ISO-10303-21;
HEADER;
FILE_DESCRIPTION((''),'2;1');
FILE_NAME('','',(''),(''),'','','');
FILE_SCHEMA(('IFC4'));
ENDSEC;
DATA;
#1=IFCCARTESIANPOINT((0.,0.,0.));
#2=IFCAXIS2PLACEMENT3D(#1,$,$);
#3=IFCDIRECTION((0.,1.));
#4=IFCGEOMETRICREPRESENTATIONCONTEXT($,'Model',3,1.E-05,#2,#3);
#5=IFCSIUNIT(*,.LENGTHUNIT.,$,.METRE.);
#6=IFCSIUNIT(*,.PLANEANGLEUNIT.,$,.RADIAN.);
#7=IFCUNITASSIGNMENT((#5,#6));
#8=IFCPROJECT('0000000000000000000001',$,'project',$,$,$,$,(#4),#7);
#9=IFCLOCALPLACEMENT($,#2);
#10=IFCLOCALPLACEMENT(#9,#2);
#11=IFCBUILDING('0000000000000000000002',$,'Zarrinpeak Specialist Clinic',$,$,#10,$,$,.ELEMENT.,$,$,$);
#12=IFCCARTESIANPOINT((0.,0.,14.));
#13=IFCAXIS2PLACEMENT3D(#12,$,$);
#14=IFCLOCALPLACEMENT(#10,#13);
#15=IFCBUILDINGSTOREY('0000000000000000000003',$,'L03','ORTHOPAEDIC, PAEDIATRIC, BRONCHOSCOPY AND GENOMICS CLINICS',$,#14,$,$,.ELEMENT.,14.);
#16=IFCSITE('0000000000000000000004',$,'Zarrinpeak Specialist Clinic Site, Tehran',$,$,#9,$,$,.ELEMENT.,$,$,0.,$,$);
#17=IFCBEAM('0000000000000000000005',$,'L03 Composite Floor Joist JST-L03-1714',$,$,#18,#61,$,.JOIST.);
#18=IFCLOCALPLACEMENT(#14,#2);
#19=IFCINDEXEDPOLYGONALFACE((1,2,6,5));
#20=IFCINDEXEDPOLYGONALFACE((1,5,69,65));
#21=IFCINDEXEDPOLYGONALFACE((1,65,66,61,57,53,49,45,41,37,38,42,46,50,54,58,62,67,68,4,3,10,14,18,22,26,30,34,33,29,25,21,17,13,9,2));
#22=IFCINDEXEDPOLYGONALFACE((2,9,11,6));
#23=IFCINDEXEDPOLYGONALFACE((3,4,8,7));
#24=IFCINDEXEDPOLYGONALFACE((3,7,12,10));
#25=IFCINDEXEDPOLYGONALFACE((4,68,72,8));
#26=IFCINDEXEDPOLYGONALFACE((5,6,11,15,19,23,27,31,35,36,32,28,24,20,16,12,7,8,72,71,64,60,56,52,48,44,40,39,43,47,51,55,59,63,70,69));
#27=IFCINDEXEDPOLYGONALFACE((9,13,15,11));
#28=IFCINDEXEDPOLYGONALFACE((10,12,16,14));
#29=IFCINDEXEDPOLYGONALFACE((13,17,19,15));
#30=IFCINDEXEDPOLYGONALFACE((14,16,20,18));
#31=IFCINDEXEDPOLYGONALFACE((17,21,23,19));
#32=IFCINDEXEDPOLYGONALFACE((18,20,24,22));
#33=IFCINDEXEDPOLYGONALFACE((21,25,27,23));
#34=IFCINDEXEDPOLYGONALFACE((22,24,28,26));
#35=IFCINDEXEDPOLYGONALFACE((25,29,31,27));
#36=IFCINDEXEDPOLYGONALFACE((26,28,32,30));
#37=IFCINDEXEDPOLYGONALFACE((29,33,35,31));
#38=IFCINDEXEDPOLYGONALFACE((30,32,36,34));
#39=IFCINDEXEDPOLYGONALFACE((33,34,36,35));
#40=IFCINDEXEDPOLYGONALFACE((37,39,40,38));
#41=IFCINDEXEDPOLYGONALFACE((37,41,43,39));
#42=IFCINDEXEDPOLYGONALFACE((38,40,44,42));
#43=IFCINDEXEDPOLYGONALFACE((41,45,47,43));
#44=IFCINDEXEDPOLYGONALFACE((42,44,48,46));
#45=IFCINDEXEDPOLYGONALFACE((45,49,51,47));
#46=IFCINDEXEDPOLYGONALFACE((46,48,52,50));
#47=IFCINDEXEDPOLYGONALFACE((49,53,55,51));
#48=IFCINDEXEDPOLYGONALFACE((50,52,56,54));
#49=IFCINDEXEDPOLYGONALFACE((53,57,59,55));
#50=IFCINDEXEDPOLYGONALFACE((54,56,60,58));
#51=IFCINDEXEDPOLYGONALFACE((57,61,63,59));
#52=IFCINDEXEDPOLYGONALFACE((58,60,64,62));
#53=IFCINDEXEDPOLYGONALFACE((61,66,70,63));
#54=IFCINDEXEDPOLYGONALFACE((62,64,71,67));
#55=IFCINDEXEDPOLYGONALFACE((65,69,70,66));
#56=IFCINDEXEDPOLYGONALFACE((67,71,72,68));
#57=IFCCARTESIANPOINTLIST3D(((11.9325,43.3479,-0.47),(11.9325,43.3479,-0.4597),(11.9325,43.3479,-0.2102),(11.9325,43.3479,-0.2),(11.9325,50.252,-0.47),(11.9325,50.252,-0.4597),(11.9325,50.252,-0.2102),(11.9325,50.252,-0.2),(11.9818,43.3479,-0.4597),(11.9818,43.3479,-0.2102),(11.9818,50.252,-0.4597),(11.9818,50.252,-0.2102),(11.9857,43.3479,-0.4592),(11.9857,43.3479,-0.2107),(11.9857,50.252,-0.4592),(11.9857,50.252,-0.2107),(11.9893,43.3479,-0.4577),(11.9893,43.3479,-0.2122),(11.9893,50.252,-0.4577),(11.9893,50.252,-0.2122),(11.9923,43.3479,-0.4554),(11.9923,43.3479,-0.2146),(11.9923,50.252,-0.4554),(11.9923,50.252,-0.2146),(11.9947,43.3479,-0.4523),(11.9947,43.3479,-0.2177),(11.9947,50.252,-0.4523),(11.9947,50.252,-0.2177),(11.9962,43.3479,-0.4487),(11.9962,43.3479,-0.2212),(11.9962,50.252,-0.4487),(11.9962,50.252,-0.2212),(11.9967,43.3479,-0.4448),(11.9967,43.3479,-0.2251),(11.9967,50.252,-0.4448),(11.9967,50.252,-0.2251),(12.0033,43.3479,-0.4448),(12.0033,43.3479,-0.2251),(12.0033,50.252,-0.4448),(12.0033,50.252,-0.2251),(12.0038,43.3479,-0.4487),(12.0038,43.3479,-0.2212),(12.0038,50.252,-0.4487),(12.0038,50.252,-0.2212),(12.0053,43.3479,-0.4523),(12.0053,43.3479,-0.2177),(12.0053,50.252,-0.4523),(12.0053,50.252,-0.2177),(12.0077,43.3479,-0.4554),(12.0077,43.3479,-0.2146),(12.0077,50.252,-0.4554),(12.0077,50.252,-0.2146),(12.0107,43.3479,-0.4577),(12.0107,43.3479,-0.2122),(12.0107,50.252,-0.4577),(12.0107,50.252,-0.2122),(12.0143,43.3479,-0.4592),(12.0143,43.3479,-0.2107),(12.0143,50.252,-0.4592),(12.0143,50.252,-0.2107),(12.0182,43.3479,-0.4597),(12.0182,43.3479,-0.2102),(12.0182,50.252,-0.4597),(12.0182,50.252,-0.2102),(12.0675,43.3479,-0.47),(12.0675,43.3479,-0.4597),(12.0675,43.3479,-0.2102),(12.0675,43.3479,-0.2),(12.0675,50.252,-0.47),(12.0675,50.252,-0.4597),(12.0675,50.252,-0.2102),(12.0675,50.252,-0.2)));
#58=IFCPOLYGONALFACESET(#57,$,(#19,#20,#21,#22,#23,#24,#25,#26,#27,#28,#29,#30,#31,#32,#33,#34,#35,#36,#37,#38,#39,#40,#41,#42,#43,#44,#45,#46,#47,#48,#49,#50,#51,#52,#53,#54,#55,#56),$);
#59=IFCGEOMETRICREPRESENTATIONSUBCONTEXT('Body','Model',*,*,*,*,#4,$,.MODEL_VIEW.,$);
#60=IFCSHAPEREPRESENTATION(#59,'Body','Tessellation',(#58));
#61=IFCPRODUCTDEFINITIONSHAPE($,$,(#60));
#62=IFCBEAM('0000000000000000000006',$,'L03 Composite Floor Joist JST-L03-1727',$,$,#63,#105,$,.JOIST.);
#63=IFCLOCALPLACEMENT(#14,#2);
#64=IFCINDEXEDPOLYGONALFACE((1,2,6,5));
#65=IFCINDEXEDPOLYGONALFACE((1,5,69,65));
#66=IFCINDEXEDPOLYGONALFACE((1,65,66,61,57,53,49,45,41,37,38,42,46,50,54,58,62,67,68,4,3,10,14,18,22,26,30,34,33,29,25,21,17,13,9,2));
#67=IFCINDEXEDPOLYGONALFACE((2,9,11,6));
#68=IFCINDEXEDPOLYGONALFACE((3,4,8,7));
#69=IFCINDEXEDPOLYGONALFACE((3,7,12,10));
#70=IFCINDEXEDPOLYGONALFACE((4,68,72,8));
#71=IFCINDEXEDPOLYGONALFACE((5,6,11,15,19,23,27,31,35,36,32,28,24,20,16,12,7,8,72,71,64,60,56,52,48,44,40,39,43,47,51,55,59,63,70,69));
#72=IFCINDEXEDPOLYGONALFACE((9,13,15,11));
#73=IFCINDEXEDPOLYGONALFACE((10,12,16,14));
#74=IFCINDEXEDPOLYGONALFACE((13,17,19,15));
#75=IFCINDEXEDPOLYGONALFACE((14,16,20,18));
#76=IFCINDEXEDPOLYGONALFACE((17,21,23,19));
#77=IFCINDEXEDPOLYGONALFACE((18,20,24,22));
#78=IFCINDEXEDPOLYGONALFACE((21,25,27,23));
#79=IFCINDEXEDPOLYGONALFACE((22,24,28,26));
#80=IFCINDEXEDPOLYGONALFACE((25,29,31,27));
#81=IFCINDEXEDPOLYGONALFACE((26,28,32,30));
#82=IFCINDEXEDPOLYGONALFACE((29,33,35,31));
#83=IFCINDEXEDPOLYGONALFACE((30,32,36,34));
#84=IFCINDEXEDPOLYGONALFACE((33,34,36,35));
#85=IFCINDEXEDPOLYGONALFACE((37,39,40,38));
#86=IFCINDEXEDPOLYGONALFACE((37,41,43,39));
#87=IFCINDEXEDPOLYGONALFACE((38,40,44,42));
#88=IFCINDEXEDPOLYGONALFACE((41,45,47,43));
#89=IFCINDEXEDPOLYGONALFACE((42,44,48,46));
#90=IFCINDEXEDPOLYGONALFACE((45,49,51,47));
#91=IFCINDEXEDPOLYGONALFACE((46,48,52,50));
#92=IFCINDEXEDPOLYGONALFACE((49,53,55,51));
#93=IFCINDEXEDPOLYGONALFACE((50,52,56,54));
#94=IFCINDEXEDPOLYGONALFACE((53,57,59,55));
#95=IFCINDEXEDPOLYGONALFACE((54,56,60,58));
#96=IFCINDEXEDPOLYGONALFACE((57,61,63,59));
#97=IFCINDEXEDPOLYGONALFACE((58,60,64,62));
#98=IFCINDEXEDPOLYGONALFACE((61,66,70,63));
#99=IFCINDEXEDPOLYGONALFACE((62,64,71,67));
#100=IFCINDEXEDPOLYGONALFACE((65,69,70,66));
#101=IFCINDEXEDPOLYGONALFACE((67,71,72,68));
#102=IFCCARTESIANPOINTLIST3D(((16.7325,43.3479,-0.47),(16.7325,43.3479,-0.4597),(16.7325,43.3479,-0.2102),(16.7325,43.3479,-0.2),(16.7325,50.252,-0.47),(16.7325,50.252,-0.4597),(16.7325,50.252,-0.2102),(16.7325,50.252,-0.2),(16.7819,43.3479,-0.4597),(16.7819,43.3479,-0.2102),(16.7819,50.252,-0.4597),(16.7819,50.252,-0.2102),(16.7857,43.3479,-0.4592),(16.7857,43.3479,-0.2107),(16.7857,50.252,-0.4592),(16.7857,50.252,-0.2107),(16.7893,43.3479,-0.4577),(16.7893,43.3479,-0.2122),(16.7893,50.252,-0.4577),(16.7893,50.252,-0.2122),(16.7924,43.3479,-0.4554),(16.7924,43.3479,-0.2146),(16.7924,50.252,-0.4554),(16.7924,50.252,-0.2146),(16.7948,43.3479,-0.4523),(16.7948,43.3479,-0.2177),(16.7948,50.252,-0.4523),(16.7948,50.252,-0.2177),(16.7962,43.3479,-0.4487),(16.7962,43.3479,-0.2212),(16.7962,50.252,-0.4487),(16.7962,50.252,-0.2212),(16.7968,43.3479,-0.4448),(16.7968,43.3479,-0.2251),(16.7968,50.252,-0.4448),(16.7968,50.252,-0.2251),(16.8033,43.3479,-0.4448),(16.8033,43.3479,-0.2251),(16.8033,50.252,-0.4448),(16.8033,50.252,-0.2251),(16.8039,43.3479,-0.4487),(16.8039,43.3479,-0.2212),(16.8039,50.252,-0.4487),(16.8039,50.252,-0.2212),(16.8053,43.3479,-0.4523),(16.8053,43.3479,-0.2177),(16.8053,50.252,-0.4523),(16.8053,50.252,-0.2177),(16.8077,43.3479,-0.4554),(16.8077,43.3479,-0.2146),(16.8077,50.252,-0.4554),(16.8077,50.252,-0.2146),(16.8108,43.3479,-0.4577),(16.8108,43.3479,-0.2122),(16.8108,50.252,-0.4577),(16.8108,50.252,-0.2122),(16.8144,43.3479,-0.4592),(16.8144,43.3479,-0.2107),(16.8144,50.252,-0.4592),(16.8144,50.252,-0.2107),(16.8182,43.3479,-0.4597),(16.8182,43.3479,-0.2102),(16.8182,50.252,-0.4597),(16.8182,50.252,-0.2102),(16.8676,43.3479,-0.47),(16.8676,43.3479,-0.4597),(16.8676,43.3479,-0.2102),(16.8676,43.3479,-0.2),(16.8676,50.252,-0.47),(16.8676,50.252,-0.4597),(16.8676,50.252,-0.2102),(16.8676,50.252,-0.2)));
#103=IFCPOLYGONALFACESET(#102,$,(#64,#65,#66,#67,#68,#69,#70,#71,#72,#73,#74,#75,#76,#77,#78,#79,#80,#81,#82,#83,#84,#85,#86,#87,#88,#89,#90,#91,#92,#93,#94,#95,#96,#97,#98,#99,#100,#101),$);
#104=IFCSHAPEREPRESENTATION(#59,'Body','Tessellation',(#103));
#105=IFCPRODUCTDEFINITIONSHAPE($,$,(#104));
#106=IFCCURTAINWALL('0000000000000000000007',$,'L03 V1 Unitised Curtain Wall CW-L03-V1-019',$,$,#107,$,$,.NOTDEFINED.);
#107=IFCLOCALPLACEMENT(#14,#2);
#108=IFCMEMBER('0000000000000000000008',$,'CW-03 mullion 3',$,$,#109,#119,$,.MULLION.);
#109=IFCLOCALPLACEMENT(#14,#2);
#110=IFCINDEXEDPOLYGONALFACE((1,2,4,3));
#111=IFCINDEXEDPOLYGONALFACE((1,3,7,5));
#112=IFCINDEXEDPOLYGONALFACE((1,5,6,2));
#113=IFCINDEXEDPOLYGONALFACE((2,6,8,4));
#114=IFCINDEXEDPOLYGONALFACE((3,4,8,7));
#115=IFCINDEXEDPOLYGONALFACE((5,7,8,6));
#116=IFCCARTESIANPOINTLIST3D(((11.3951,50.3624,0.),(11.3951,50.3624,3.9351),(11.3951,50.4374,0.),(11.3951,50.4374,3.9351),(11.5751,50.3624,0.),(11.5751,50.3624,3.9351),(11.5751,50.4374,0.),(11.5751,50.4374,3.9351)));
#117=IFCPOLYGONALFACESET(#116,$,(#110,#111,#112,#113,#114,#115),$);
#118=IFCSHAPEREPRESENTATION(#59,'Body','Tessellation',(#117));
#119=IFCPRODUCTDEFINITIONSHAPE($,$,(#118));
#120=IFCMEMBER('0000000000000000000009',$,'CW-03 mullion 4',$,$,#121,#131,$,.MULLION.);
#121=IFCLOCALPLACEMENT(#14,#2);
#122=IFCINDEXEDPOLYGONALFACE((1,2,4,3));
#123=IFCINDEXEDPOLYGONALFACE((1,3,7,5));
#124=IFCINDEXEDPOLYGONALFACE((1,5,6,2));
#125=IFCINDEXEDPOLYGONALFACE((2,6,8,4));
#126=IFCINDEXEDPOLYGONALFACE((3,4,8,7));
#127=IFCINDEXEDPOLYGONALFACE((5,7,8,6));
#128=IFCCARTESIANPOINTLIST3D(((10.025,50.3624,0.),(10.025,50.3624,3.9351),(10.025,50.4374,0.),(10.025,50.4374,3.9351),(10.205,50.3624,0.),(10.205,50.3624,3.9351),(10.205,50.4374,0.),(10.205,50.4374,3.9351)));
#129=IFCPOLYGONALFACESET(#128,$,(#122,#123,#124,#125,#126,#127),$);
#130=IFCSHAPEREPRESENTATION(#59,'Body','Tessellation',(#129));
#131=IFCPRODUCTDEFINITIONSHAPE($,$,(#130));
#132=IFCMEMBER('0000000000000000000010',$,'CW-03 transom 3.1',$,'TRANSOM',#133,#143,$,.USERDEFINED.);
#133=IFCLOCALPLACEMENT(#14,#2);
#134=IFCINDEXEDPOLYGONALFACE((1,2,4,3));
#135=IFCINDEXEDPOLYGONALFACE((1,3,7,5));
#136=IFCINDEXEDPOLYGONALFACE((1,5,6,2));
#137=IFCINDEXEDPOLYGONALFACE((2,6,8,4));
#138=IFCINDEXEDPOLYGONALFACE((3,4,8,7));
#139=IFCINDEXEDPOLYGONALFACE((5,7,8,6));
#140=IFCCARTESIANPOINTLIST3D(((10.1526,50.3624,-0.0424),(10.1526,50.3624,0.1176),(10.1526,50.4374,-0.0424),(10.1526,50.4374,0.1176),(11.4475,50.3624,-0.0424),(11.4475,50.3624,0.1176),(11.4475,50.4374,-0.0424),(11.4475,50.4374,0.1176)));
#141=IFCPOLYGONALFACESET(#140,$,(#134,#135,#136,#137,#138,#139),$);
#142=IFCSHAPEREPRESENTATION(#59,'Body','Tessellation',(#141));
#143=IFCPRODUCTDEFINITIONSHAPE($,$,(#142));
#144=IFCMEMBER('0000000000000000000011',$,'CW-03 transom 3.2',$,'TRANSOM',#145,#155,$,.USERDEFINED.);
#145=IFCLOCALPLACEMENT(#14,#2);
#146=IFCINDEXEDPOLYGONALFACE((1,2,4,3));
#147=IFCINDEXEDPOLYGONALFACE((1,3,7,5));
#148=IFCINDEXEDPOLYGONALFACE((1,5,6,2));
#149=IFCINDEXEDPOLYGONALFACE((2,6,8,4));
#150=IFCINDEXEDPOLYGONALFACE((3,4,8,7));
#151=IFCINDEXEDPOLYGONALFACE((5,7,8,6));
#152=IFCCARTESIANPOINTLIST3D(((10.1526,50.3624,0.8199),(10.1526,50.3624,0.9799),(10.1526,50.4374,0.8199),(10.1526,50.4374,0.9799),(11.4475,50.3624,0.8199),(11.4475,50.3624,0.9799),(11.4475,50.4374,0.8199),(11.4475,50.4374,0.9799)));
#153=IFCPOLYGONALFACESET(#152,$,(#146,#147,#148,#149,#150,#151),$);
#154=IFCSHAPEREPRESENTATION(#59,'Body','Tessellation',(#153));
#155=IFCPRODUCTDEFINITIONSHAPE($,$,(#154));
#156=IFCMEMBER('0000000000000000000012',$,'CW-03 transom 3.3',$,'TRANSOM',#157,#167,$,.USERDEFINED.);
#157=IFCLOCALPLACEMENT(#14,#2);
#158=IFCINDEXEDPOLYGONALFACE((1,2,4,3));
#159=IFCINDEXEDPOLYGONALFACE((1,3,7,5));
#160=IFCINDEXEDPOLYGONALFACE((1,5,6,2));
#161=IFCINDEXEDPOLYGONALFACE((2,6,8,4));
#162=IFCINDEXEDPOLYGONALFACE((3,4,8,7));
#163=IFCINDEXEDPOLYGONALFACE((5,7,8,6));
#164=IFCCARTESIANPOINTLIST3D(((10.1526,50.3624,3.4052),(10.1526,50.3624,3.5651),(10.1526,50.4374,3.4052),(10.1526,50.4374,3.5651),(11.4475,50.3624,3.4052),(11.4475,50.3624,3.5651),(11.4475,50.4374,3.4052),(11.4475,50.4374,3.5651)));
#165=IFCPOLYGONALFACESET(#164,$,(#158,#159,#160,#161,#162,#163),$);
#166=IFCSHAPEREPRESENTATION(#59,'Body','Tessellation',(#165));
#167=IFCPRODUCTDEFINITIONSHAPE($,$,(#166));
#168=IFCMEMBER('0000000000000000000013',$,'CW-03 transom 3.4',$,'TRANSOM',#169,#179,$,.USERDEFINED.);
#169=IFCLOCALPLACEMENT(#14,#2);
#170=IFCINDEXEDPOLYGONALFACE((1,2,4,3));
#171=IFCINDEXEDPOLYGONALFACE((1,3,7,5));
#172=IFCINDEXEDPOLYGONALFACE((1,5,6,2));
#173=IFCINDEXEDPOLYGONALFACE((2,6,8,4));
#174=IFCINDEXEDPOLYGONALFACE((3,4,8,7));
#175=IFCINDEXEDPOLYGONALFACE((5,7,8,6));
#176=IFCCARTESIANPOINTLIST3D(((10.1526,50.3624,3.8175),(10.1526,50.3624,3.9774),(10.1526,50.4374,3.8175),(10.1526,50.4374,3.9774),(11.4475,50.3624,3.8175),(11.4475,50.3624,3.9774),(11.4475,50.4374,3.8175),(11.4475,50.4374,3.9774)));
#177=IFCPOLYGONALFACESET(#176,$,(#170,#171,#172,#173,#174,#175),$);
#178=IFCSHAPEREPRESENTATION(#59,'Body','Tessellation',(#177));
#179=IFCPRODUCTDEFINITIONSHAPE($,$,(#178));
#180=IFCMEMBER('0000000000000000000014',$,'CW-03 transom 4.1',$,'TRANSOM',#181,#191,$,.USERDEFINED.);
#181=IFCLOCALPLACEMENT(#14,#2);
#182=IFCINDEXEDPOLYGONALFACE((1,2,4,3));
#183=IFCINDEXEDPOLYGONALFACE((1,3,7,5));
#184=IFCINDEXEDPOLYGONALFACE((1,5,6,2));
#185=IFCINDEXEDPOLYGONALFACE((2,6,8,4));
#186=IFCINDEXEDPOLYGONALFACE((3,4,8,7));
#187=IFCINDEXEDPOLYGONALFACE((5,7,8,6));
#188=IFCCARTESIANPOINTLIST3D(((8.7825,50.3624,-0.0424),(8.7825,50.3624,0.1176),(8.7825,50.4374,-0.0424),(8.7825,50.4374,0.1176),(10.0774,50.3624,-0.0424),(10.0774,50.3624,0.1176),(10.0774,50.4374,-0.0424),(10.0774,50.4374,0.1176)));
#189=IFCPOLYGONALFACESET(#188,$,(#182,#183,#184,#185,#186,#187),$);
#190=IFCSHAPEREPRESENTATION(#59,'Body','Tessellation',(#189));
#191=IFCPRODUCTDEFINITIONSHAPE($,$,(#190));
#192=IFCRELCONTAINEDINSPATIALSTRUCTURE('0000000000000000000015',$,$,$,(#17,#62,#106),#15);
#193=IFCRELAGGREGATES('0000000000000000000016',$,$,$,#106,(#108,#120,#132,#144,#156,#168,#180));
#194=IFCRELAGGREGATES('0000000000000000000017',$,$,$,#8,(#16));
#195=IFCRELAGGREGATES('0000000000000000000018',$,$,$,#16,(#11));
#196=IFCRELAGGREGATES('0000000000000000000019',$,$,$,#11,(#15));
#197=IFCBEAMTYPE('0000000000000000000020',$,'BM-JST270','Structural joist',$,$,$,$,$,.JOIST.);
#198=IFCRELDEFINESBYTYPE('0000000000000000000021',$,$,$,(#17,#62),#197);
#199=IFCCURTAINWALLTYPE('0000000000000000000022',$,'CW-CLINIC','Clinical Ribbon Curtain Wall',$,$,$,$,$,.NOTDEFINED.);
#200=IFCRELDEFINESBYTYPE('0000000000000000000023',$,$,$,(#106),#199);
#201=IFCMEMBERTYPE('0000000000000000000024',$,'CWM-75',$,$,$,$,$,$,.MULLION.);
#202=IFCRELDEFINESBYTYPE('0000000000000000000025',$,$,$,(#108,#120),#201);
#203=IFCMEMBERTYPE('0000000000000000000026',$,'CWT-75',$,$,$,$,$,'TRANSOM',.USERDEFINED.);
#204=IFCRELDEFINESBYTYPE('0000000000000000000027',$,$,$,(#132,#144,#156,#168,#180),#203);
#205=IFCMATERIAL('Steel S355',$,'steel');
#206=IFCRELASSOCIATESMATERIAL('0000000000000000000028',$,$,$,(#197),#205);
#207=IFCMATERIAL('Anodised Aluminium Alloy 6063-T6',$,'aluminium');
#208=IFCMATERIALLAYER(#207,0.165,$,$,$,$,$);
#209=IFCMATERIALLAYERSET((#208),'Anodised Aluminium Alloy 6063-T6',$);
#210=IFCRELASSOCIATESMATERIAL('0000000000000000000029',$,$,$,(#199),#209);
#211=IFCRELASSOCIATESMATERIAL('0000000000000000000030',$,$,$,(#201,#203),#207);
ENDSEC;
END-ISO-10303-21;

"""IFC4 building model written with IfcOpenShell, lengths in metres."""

from ifc_helpers import new_model, si_unit, direction, frame, origin, origin_2d, place, context, subcontext, project, spatial, rectangle, i_section, extrude, material, layer, layer_set, material_profile, profile_set, type_object, element, aggregate, save


model = new_model("IFC4")

# Units and contexts
model_context = context("Model", 3, precision=1e-05, world=origin(), true_north=direction((0.0, 1.0)))
body_context = subcontext(model_context, "Body", "Model", "MODEL_VIEW")
ifc_project = project(units=[si_unit("LENGTHUNIT", "METRE"), si_unit("PLANEANGLEUNIT", "RADIAN")], contexts=[model_context])

# Site, building, storey
site_placement = place(None, origin())
site = spatial("IfcSite", under=ifc_project, at=site_placement, Name="Zarrinpeak Specialist Clinic Site, Tehran", CompositionType="ELEMENT", RefElevation=0.0)
building_placement = place(site_placement, origin())
building = spatial("IfcBuilding", under=site, at=building_placement, Name="Zarrinpeak Specialist Clinic", CompositionType="ELEMENT")
storey_placement = place(building_placement, frame((0.0, 0.0, 14.0)))
storey = spatial("IfcBuildingStorey", under=building, at=storey_placement, Name="L03", Description="ORTHOPAEDIC, PAEDIATRIC, BRONCHOSCOPY AND GENOMICS CLINICS", CompositionType="ELEMENT", Elevation=14.0)

# Shared definitions
ifc_material_1 = material(Name="Steel S355", Category="steel")

# Beams
ifc_material_profile_1 = material_profile(ifc_material_1, i_section(OverallWidth=0.135, OverallDepth=0.27, WebThickness=0.0066, FlangeThickness=0.0103, FilletRadius=0.0149, at=origin_2d()), Name="IPE 270")
ifc_profile_set_1 = profile_set([ifc_material_profile_1], Name="Steel S355")
beam_type_1 = type_object("IfcBeamType", Name="BM-JST270", Description="Structural joist", PredefinedType="JOIST", material=ifc_profile_set_1)
for number, where, z_axis, x_axis, name in (
    (1, (12.0, 43.3479, -0.335), (0.0, 1.0, 0.0), (-1.0, 0.0, 0.0), "L03 Composite Floor Joist JST-L03-1714"),
    (2, (16.8, 43.3479, -0.335), (0.0, 1.0, 0.0), (-1.0, 0.0, 0.0), "L03 Composite Floor Joist JST-L03-1727"),
):
    element("IfcBeam", number, at=place(storey_placement, frame(where, z_axis=z_axis, x_axis=x_axis)), inside=storey, type_object=beam_type_1, Name=name, PredefinedType="JOIST", context=body_context, shape_type="SweptSolid", body=[
        extrude(i_section(OverallWidth=0.135, OverallDepth=0.27, WebThickness=0.0066, FlangeThickness=0.0103, FilletRadius=0.0149, at=origin_2d()), origin(), (0.0, 0.0, 1.0), 6.9041),
    ])

# Curtain wall, members
ifc_material_2 = material(Name="Anodised Aluminium Alloy 6063-T6", Category="aluminium")
ifc_layer_1 = layer(ifc_material_2, 0.165)
ifc_layer_set_1 = layer_set([ifc_layer_1], Name="Anodised Aluminium Alloy 6063-T6")
curtain_wall_type = type_object("IfcCurtainWallType", Name="CW-CLINIC", Description="Clinical Ribbon Curtain Wall", PredefinedType="NOTDEFINED", material=ifc_layer_set_1)
curtain_wall_placement = place(storey_placement, origin())
curtain_wall = element("IfcCurtainWall", 3, at=curtain_wall_placement, inside=storey, type_object=curtain_wall_type, Name="L03 V1 Unitised Curtain Wall CW-L03-V1-019", PredefinedType="NOTDEFINED")
ifc_material_profile_2 = material_profile(ifc_material_2, rectangle(XDim=0.075, YDim=0.1799, at=origin_2d()), Name="ALU 75x180")
ifc_profile_set_2 = profile_set([ifc_material_profile_2], Name="Anodised Aluminium Alloy 6063-T6")
member_type_1 = type_object("IfcMemberType", Name="CWM-75", PredefinedType="MULLION", material=ifc_profile_set_2)
member_1_placement = place(storey_placement, frame((11.4851, 50.3999, 0.0), z_axis=(0.0, 0.0, 1.0), x_axis=(0.0, -1.0, 0.0)))
member_1 = element("IfcMember", 4, at=member_1_placement, type_object=member_type_1, Name="CW-03 mullion 3", PredefinedType="MULLION", context=body_context, shape_type="SweptSolid", body=[
    extrude(rectangle(XDim=0.075, YDim=0.1799, at=origin_2d()), origin(), (0.0, 0.0, 1.0), 3.9351),
])
member_2_placement = place(storey_placement, frame((10.115, 50.3999, 0.0), z_axis=(0.0, 0.0, 1.0), x_axis=(0.0, -1.0, 0.0)))
member_2 = element("IfcMember", 5, at=member_2_placement, type_object=member_type_1, Name="CW-03 mullion 4", PredefinedType="MULLION", context=body_context, shape_type="SweptSolid", body=[
    extrude(rectangle(XDim=0.075, YDim=0.1799, at=origin_2d()), origin(), (0.0, 0.0, 1.0), 3.9351),
])
ifc_material_profile_3 = material_profile(ifc_material_2, rectangle(XDim=0.075, YDim=0.1599, at=origin_2d()), Name="ALU 75x160")
ifc_profile_set_3 = profile_set([ifc_material_profile_3], Name="Anodised Aluminium Alloy 6063-T6")
member_type_2 = type_object("IfcMemberType", Name="CWT-75", ElementType="TRANSOM", PredefinedType="USERDEFINED", material=ifc_profile_set_3)
member_3_placement = place(storey_placement, frame((11.4475, 50.3999, 0.0376), z_axis=(-1.0, 0.0, 0.0), x_axis=(0.0, -1.0, 0.0)))
member_3 = element("IfcMember", 6, at=member_3_placement, type_object=member_type_2, Name="CW-03 transom 3.1", ObjectType="TRANSOM", PredefinedType="USERDEFINED", context=body_context, shape_type="SweptSolid", body=[
    extrude(rectangle(XDim=0.075, YDim=0.1599, at=origin_2d()), origin(), (0.0, 0.0, 1.0), 1.2949),
])
member_4_placement = place(storey_placement, frame((11.4475, 50.3999, 0.8999), z_axis=(-1.0, 0.0, 0.0), x_axis=(0.0, -1.0, 0.0)))
member_4 = element("IfcMember", 7, at=member_4_placement, type_object=member_type_2, Name="CW-03 transom 3.2", ObjectType="TRANSOM", PredefinedType="USERDEFINED", context=body_context, shape_type="SweptSolid", body=[
    extrude(rectangle(XDim=0.075, YDim=0.1599, at=origin_2d()), origin(), (0.0, 0.0, 1.0), 1.2949),
])
member_5_placement = place(storey_placement, frame((11.4475, 50.3999, 3.4851), z_axis=(-1.0, 0.0, 0.0), x_axis=(0.0, -1.0, 0.0)))
member_5 = element("IfcMember", 8, at=member_5_placement, type_object=member_type_2, Name="CW-03 transom 3.3", ObjectType="TRANSOM", PredefinedType="USERDEFINED", context=body_context, shape_type="SweptSolid", body=[
    extrude(rectangle(XDim=0.075, YDim=0.1599, at=origin_2d()), origin(), (0.0, 0.0, 1.0), 1.2949),
])
member_6_placement = place(storey_placement, frame((11.4475, 50.3999, 3.8975), z_axis=(-1.0, 0.0, 0.0), x_axis=(0.0, -1.0, 0.0)))
member_6 = element("IfcMember", 9, at=member_6_placement, type_object=member_type_2, Name="CW-03 transom 3.4", ObjectType="TRANSOM", PredefinedType="USERDEFINED", context=body_context, shape_type="SweptSolid", body=[
    extrude(rectangle(XDim=0.075, YDim=0.1599, at=origin_2d()), origin(), (0.0, 0.0, 1.0), 1.2949),
])
member_7_placement = place(storey_placement, frame((10.0774, 50.3999, 0.0376), z_axis=(-1.0, 0.0, 0.0), x_axis=(0.0, -1.0, 0.0)))
member_7 = element("IfcMember", 10, at=member_7_placement, type_object=member_type_2, Name="CW-03 transom 4.1", ObjectType="TRANSOM", PredefinedType="USERDEFINED", context=body_context, shape_type="SweptSolid", body=[
    extrude(rectangle(XDim=0.075, YDim=0.1599, at=origin_2d()), origin(), (0.0, 0.0, 1.0), 1.2949),
])
aggregate(curtain_wall, [member_1, member_2, member_3, member_4, member_5, member_6, member_7])

save(model, "model.ifc")
